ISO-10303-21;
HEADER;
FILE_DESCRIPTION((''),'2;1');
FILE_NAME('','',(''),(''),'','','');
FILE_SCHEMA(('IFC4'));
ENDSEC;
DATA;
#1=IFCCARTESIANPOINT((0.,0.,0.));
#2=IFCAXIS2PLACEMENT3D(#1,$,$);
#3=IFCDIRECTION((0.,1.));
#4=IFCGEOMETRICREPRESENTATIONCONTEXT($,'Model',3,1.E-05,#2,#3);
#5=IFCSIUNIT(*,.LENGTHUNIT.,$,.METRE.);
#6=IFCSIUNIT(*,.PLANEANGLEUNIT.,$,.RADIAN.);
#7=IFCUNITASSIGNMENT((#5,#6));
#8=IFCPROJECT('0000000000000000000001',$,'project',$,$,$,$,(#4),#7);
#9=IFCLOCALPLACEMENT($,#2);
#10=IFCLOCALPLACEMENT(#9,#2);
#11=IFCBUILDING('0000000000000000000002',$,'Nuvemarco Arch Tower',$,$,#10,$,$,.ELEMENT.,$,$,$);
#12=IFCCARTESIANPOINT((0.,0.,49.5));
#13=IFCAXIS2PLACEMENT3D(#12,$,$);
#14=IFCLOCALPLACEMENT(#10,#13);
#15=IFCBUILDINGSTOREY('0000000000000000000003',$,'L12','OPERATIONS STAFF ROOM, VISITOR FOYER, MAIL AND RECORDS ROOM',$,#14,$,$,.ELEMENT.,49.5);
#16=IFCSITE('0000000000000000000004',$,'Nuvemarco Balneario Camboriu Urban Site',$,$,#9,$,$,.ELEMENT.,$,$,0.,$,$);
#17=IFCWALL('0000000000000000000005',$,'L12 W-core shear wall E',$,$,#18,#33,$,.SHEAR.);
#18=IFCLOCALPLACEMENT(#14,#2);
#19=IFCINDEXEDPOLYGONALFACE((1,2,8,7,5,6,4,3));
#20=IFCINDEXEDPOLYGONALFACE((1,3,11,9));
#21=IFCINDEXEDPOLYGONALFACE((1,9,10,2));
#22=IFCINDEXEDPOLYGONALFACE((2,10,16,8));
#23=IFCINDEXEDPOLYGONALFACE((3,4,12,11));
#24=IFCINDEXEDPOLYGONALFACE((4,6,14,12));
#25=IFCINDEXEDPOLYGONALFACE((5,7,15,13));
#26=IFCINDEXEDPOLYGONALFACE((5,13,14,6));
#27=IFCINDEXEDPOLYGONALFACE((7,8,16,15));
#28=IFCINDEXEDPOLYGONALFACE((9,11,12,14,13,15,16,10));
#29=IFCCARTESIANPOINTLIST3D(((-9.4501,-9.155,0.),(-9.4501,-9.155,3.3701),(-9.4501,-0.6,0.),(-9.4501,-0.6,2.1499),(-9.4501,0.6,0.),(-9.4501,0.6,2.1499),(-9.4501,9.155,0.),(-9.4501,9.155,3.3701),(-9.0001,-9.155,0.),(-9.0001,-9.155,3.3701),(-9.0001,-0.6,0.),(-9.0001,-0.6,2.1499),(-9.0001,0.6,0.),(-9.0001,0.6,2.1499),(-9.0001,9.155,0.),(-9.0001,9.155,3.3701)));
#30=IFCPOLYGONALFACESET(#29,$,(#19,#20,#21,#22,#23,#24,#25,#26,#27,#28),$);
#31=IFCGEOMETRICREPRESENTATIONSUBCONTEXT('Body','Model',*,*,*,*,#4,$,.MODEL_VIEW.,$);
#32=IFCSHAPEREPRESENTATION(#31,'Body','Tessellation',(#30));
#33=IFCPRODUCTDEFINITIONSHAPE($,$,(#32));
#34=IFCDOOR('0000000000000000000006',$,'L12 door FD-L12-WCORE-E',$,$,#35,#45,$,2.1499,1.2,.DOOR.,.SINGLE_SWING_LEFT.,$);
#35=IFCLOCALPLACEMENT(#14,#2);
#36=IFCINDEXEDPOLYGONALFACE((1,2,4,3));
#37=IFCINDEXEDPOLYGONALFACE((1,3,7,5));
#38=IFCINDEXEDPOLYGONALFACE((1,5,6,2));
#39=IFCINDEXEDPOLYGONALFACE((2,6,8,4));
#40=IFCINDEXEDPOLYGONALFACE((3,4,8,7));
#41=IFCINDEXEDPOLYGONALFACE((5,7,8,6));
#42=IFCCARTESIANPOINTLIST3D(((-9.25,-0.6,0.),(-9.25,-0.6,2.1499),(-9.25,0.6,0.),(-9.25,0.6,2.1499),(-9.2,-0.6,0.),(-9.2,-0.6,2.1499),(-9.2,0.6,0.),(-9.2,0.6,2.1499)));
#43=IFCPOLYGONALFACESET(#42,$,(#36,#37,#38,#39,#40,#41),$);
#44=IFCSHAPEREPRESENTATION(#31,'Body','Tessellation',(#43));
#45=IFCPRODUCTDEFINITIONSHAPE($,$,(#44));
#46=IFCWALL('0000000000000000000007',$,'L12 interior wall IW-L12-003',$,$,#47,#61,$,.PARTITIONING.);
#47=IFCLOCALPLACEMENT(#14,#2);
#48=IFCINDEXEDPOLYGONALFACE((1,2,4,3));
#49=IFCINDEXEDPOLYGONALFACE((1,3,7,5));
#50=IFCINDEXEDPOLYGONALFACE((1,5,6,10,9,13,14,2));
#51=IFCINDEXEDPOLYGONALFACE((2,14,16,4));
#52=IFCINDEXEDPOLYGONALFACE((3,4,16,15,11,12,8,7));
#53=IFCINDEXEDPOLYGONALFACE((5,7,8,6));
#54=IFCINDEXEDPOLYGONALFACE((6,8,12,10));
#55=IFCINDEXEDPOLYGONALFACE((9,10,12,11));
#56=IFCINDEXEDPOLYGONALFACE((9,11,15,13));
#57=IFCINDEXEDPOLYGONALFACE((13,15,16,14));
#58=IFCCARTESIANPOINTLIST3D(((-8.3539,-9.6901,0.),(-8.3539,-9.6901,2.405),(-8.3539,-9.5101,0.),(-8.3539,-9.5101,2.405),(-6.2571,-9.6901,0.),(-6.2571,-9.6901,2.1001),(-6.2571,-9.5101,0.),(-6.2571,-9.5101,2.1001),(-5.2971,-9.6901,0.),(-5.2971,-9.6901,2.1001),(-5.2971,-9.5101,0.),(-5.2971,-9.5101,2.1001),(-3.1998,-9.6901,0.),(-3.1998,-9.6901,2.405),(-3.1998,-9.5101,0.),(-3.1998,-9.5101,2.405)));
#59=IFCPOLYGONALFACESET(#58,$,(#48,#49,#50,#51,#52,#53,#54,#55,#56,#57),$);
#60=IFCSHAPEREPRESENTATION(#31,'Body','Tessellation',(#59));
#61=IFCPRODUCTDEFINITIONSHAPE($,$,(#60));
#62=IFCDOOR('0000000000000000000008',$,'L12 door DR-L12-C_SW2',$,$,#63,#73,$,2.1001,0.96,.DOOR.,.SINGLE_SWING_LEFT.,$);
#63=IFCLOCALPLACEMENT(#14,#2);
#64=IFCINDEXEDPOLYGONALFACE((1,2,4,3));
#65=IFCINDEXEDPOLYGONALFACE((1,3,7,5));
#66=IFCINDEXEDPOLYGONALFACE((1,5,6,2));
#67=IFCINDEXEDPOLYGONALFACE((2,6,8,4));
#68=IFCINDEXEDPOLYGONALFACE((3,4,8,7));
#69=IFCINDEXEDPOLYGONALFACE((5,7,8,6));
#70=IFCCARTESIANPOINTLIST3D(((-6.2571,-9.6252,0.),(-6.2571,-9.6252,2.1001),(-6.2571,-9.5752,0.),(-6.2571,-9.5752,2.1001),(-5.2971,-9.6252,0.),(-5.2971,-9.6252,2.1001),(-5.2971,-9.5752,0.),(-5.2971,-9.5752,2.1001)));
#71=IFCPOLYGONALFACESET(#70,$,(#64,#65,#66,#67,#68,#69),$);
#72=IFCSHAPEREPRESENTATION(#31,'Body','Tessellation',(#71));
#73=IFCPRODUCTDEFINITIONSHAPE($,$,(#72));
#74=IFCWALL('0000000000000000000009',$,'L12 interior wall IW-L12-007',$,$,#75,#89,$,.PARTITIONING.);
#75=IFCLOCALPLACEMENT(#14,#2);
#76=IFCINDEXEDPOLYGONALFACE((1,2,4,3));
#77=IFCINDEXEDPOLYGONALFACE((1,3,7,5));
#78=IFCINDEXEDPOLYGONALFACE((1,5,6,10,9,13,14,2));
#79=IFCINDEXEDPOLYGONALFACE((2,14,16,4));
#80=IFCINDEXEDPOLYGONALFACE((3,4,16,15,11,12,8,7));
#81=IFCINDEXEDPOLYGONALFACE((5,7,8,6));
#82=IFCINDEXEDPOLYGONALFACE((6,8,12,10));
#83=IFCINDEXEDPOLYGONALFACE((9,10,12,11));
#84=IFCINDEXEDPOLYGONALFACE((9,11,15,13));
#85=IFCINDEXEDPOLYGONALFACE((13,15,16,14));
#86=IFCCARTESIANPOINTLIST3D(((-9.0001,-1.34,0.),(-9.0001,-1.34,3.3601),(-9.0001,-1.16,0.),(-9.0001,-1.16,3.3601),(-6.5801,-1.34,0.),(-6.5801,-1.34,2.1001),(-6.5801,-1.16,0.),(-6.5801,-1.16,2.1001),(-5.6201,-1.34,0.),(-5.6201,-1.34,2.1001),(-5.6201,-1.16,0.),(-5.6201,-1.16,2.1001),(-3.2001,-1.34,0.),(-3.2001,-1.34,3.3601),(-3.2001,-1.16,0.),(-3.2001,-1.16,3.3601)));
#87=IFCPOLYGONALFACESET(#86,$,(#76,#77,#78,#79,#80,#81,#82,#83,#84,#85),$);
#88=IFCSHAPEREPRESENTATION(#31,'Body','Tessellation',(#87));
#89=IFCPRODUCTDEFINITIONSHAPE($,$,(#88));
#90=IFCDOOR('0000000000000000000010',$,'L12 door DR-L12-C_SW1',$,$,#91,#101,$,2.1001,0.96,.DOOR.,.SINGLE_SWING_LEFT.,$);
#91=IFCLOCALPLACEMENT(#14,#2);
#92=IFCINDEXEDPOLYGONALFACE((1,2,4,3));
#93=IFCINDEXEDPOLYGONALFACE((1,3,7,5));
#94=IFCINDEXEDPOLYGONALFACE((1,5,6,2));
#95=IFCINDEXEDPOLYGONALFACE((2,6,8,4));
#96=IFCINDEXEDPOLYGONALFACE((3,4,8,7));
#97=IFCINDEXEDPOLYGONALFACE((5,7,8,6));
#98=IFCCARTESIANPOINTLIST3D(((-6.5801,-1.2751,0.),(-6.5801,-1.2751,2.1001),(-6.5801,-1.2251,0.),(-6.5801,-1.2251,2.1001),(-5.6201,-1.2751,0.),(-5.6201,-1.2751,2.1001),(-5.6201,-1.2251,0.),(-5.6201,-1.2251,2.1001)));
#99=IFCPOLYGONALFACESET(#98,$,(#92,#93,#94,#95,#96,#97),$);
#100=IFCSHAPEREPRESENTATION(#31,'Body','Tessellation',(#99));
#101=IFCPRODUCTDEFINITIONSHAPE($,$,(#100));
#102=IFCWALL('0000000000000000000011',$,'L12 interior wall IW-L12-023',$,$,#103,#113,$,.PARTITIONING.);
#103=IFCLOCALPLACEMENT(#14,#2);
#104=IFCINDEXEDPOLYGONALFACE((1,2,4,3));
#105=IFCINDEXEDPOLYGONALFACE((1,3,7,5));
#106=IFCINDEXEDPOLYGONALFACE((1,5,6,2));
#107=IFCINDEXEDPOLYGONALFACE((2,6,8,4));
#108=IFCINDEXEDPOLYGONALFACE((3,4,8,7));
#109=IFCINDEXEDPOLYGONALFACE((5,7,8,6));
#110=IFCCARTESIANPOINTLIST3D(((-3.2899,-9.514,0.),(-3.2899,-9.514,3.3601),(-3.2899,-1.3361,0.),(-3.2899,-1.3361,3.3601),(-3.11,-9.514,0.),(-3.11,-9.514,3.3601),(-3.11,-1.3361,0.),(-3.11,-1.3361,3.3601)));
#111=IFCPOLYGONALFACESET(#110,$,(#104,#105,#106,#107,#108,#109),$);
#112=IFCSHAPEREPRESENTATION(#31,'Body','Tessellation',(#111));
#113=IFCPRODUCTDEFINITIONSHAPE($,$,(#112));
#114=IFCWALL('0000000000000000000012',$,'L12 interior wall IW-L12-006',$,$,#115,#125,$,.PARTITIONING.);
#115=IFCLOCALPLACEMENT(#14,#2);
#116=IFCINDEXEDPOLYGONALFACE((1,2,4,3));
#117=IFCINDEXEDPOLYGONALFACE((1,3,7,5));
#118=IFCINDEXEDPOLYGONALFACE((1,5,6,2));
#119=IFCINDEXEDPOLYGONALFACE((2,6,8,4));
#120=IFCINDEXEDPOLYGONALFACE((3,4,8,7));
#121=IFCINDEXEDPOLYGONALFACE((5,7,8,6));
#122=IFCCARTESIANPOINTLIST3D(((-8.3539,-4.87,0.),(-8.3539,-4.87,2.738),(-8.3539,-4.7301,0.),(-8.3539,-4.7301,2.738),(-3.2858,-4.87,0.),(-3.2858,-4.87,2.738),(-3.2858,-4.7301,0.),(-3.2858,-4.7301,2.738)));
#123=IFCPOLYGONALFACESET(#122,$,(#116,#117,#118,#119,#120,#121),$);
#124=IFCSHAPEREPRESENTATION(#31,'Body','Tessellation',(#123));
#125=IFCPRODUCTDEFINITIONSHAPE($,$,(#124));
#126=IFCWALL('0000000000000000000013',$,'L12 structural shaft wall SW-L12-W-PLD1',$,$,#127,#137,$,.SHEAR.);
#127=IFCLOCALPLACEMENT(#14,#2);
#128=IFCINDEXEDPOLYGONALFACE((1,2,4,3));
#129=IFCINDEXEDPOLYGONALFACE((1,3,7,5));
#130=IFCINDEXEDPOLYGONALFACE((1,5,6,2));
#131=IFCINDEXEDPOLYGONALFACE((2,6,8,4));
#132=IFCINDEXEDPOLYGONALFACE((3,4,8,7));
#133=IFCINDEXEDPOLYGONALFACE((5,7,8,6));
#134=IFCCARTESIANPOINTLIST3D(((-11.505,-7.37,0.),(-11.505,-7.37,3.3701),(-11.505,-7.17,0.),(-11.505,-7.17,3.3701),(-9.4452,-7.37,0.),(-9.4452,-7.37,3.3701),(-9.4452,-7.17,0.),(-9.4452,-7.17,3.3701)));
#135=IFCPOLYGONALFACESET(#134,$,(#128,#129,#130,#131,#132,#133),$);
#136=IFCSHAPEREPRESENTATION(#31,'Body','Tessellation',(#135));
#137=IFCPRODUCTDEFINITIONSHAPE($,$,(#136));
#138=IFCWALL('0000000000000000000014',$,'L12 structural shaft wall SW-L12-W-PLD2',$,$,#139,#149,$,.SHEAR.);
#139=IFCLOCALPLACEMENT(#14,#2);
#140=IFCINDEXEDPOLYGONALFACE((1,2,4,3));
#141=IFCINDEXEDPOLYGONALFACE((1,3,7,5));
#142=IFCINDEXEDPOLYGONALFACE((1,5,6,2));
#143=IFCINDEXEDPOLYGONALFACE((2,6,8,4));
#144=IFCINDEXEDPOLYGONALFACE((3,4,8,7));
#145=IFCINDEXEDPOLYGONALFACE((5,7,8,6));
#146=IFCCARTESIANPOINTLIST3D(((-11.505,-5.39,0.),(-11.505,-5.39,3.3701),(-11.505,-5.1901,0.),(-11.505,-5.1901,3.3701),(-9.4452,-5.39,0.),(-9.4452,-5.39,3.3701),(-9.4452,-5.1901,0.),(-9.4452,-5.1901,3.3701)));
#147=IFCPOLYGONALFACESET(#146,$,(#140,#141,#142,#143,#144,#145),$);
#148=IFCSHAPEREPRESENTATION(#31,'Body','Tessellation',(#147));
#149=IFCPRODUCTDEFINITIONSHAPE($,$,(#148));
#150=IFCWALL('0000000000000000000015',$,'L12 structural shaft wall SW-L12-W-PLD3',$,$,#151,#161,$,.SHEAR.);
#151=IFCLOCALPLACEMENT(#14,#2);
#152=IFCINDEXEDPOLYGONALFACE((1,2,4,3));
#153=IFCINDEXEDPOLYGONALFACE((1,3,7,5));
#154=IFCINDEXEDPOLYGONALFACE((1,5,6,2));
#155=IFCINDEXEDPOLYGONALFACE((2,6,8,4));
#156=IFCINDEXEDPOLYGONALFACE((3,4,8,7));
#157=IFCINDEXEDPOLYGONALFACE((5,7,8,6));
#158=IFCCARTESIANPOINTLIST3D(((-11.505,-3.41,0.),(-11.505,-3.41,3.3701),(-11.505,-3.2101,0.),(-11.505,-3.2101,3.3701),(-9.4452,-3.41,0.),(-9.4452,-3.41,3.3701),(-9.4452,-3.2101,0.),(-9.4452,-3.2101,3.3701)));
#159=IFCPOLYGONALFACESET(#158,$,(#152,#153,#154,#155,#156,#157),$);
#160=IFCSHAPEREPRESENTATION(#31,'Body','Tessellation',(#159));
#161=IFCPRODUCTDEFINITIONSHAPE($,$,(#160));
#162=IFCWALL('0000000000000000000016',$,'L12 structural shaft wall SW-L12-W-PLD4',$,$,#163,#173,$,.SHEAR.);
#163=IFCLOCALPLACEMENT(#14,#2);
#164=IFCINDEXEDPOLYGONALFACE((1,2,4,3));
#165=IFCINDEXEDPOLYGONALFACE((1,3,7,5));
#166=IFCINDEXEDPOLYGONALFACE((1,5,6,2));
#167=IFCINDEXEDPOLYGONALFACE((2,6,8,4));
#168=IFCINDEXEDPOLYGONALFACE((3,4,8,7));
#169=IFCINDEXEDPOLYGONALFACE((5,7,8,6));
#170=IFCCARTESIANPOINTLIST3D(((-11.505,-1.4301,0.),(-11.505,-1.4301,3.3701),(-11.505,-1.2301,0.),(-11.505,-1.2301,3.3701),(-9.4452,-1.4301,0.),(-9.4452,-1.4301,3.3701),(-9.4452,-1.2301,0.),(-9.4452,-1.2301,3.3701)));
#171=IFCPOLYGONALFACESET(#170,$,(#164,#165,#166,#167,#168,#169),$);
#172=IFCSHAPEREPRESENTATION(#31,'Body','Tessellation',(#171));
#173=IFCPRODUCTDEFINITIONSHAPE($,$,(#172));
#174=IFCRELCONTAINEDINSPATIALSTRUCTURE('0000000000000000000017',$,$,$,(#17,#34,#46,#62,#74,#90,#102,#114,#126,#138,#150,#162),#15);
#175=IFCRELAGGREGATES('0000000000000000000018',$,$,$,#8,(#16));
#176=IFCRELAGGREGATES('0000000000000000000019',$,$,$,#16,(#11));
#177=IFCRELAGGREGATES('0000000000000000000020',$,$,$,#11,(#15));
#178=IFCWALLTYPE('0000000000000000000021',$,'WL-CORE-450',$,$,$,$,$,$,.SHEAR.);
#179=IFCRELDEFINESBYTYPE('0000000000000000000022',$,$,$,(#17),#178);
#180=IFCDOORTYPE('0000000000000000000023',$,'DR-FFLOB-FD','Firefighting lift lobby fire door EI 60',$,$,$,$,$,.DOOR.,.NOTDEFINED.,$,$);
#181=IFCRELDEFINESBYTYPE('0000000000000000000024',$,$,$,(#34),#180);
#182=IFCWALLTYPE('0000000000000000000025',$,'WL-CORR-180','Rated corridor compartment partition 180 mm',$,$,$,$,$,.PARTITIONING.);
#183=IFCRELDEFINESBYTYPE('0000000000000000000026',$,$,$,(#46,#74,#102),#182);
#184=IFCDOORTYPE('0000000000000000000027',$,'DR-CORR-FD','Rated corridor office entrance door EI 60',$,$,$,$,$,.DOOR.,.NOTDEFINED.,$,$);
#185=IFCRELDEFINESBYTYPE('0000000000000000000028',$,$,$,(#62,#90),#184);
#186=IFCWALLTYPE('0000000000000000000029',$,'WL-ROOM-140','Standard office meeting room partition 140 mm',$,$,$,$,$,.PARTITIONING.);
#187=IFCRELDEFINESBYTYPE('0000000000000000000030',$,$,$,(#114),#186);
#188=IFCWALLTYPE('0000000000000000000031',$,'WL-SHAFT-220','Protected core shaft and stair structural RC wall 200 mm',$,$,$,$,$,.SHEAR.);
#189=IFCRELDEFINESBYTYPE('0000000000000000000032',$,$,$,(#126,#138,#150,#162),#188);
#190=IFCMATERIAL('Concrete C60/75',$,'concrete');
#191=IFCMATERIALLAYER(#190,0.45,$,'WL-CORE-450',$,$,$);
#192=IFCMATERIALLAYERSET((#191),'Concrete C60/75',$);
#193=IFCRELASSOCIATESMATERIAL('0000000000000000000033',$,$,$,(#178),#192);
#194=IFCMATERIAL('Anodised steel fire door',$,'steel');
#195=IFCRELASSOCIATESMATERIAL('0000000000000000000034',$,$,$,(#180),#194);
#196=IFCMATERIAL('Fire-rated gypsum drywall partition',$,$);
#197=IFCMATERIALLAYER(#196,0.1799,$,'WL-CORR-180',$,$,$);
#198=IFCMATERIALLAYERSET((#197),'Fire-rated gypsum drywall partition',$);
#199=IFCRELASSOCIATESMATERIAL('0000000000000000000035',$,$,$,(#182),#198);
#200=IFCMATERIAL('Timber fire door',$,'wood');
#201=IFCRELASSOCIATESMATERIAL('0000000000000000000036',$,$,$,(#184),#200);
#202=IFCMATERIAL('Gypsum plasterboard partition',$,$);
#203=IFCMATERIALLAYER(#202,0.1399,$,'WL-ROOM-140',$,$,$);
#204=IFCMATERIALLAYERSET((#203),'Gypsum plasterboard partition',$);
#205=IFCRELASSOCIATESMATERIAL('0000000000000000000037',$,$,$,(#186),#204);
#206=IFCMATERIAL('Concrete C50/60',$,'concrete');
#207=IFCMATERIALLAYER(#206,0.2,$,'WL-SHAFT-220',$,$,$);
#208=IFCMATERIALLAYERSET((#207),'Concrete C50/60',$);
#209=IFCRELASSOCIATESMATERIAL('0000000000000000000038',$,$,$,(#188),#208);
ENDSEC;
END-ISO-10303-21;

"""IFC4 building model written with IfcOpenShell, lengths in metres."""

from ifc_helpers import new_model, si_unit, direction, frame, frame_2d, origin, place, context, subcontext, project, spatial, rectangle, extrude, source, transform, mapped, material, layer, layer_set, type_object, type_shapes, element, fill, save


model = new_model("IFC4")

# Units and contexts
model_context = context("Model", 3, precision=1e-05, world=origin(), true_north=direction((0.0, 1.0)))
body_context = subcontext(model_context, "Body", "Model", "MODEL_VIEW")
ifc_project = project(units=[si_unit("LENGTHUNIT", "METRE"), si_unit("PLANEANGLEUNIT", "RADIAN")], contexts=[model_context])

# Site, building, storey
site_placement = place(None, origin())
site = spatial("IfcSite", under=ifc_project, at=site_placement, Name="Nuvemarco Balneario Camboriu Urban Site", CompositionType="ELEMENT", RefElevation=0.0)
building_placement = place(site_placement, origin())
building = spatial("IfcBuilding", under=site, at=building_placement, Name="Nuvemarco Arch Tower", CompositionType="ELEMENT")
storey_placement = place(building_placement, frame((0.0, 0.0, 49.5)))
storey = spatial("IfcBuildingStorey", under=building, at=storey_placement, Name="L12", Description="OPERATIONS STAFF ROOM, VISITOR FOYER, MAIL AND RECORDS ROOM", CompositionType="ELEMENT", Elevation=49.5)

# Shared definitions
ifc_material_1 = material(Name="Concrete C60/75", Category="concrete")

# Walls, openings, doors
ifc_layer_1 = layer(ifc_material_1, 0.45, Name="WL-CORE-450")
ifc_layer_set_1 = layer_set([ifc_layer_1], Name="Concrete C60/75")
wall_type_1 = type_object("IfcWallType", Name="WL-CORE-450", PredefinedType="SHEAR", material=ifc_layer_set_1)
wall_1_placement = place(storey_placement, frame((-9.2251, -9.155, 0.0), z_axis=(0.0, 0.0, 1.0), x_axis=(0.0, 1.0, 0.0)))
wall_1 = element("IfcWall", 1, at=wall_1_placement, inside=storey, type_object=wall_type_1, Name="L12 W-core shear wall E", PredefinedType="SHEAR", context=body_context, shape_type="SweptSolid", body=[
    extrude(rectangle(XDim=18.3101, YDim=0.45, at=frame_2d((9.155, 0.0))), origin(), (0.0, 0.0, 1.0), 3.3701),
])
opening_1_placement = place(wall_1_placement, frame((8.5549, 0.0, 0.0)))
opening_1 = element("IfcOpeningElement", 2, at=opening_1_placement, cuts=wall_1, PredefinedType="OPENING", context=body_context, shape_type="SweptSolid", body=[
    extrude(rectangle(XDim=1.2, YDim=2.1499, at=frame_2d((0.6001, 1.075))), frame((0.0, 0.2349, 0.0), z_axis=(0.0, -1.0, 0.0), x_axis=(1.0, 0.0, 0.0)), (0.0, 0.0, 1.0), 0.47),
])
ifc_material_2 = material(Name="Anodised steel fire door", Category="steel")
door_type_1 = type_object("IfcDoorType", Name="DR-FFLOB-FD", Description="Firefighting lift lobby fire door EI 60", OperationType="NOTDEFINED", PredefinedType="DOOR", material=ifc_material_2)
shared_shape_1 = source(origin(), body_context, "Body", "SweptSolid", [
    extrude(rectangle(XDim=1.2, YDim=2.1499, at=frame_2d((0.6001, 1.075))), frame((0.0, 0.0249, 0.0), z_axis=(0.0, -1.0, 0.0), x_axis=(1.0, 0.0, 0.0)), (0.0, 0.0, 1.0), 0.05),
])
type_shapes(door_type_1, [shared_shape_1])
door_1_placement = place(opening_1_placement, origin())
door_1 = element("IfcDoor", 3, at=door_1_placement, inside=storey, type_object=door_type_1, Name="L12 door FD-L12-WCORE-E", OperationType="SINGLE_SWING_LEFT", OverallHeight=2.1499, OverallWidth=1.2, PredefinedType="DOOR", context=body_context, shape_type="MappedRepresentation", body=[
    mapped(shared_shape_1, transform((0.0, 0.0, 0.0), scale=1.0)),
])
fill(opening_1, door_1)
ifc_material_3 = material(Name="Fire-rated gypsum drywall partition")
ifc_layer_2 = layer(ifc_material_3, 0.1799, Name="WL-CORR-180")
ifc_layer_set_2 = layer_set([ifc_layer_2], Name="Fire-rated gypsum drywall partition")
wall_type_2 = type_object("IfcWallType", Name="WL-CORR-180", Description="Rated corridor compartment partition 180 mm", PredefinedType="PARTITIONING", material=ifc_layer_set_2)
wall_2_placement = place(storey_placement, frame((-8.354, -9.6001, 0.0), z_axis=(0.0, 0.0, 1.0), x_axis=(1.0, 0.0, 0.0)))
wall_2 = element("IfcWall", 4, at=wall_2_placement, inside=storey, type_object=wall_type_2, Name="L12 interior wall IW-L12-003", PredefinedType="PARTITIONING", context=body_context, shape_type="SweptSolid", body=[
    extrude(rectangle(XDim=5.1541, YDim=0.1799, at=frame_2d((2.5771, 0.0))), origin(), (0.0, 0.0, 1.0), 2.405),
])
opening_2_placement = place(wall_2_placement, frame((2.0969, 0.0, 0.0)))
opening_2 = element("IfcOpeningElement", 5, at=opening_2_placement, cuts=wall_2, PredefinedType="OPENING", context=body_context, shape_type="SweptSolid", body=[
    extrude(rectangle(XDim=0.96, YDim=2.1001, at=frame_2d((0.48, 1.05))), frame((0.0, 0.0999, 0.0), z_axis=(0.0, -1.0, 0.0), x_axis=(1.0, 0.0, 0.0)), (0.0, 0.0, 1.0), 0.2),
])
ifc_material_4 = material(Name="Timber fire door", Category="wood")
door_type_2 = type_object("IfcDoorType", Name="DR-CORR-FD", Description="Rated corridor office entrance door EI 60", OperationType="NOTDEFINED", PredefinedType="DOOR", material=ifc_material_4)
shared_shape_2 = source(origin(), body_context, "Body", "SweptSolid", [
    extrude(rectangle(XDim=0.96, YDim=2.1001, at=frame_2d((0.48, 1.05))), frame((0.0, 0.0249, 0.0), z_axis=(0.0, -1.0, 0.0), x_axis=(1.0, 0.0, 0.0)), (0.0, 0.0, 1.0), 0.05),
])
type_shapes(door_type_2, [shared_shape_2])
door_2_placement = place(opening_2_placement, origin())
door_2 = element("IfcDoor", 6, at=door_2_placement, inside=storey, type_object=door_type_2, Name="L12 door DR-L12-C_SW2", OperationType="SINGLE_SWING_LEFT", OverallHeight=2.1001, OverallWidth=0.96, PredefinedType="DOOR", context=body_context, shape_type="MappedRepresentation", body=[
    mapped(shared_shape_2, transform((0.0, 0.0, 0.0), scale=1.0)),
])
fill(opening_2, door_2)
wall_3_placement = place(storey_placement, frame((-9.0, -1.25, 0.0), z_axis=(0.0, 0.0, 1.0), x_axis=(1.0, 0.0, 0.0)))
wall_3 = element("IfcWall", 7, at=wall_3_placement, inside=storey, type_object=wall_type_2, Name="L12 interior wall IW-L12-007", PredefinedType="PARTITIONING", context=body_context, shape_type="SweptSolid", body=[
    extrude(rectangle(XDim=5.8, YDim=0.1799, at=frame_2d((2.8999, 0.0))), origin(), (0.0, 0.0, 1.0), 3.3601),
])
opening_3_placement = place(wall_3_placement, frame((2.4199, 0.0, 0.0)))
opening_3 = element("IfcOpeningElement", 8, at=opening_3_placement, cuts=wall_3, PredefinedType="OPENING", context=body_context, shape_type="SweptSolid", body=[
    extrude(rectangle(XDim=0.96, YDim=2.1001, at=frame_2d((0.48, 1.05))), frame((0.0, 0.0999, 0.0), z_axis=(0.0, -1.0, 0.0), x_axis=(1.0, 0.0, 0.0)), (0.0, 0.0, 1.0), 0.2),
])
door_3_placement = place(opening_3_placement, origin())
door_3 = element("IfcDoor", 9, at=door_3_placement, inside=storey, type_object=door_type_2, Name="L12 door DR-L12-C_SW1", OperationType="SINGLE_SWING_LEFT", OverallHeight=2.1001, OverallWidth=0.96, PredefinedType="DOOR", context=body_context, shape_type="MappedRepresentation", body=[
    mapped(shared_shape_2, transform((0.0, 0.0, 0.0), scale=1.0)),
])
fill(opening_3, door_3)

# Walls
wall_4_placement = place(storey_placement, frame((-3.2, -9.5139, 0.0), z_axis=(0.0, 0.0, 1.0), x_axis=(0.0, 1.0, 0.0)))
element("IfcWall", 10, at=wall_4_placement, inside=storey, type_object=wall_type_2, Name="L12 interior wall IW-L12-023", PredefinedType="PARTITIONING", context=body_context, shape_type="SweptSolid", body=[
    extrude(rectangle(XDim=8.178, YDim=0.1799, at=frame_2d((4.0889, 0.0))), origin(), (0.0, 0.0, 1.0), 3.3601),
])
ifc_material_5 = material(Name="Gypsum plasterboard partition")
ifc_layer_3 = layer(ifc_material_5, 0.1399, Name="WL-ROOM-140")
ifc_layer_set_3 = layer_set([ifc_layer_3], Name="Gypsum plasterboard partition")
wall_type_3 = type_object("IfcWallType", Name="WL-ROOM-140", Description="Standard office meeting room partition 140 mm", PredefinedType="PARTITIONING", material=ifc_layer_set_3)
wall_5_placement = place(storey_placement, frame((-8.354, -4.8, 0.0), z_axis=(0.0, 0.0, 1.0), x_axis=(1.0, 0.0, 0.0)))
element("IfcWall", 11, at=wall_5_placement, inside=storey, type_object=wall_type_3, Name="L12 interior wall IW-L12-006", PredefinedType="PARTITIONING", context=body_context, shape_type="SweptSolid", body=[
    extrude(rectangle(XDim=5.0681, YDim=0.1399, at=frame_2d((2.5342, 0.0))), origin(), (0.0, 0.0, 1.0), 2.738),
])

# Shared definitions
ifc_material_6 = material(Name="Concrete C50/60", Category="concrete")
ifc_layer_4 = layer(ifc_material_6, 0.2, Name="WL-SHAFT-220")
ifc_layer_set_4 = layer_set([ifc_layer_4], Name="Concrete C50/60")
wall_type_4 = type_object("IfcWallType", Name="WL-SHAFT-220", Description="Protected core shaft and stair structural RC wall 200 mm", PredefinedType="SHEAR", material=ifc_layer_set_4)

# Walls
for number, where, z_axis, x_axis, name in (
    (12, (-11.5049, -7.27, 0.0), (0.0, 0.0, 1.0), (1.0, 0.0, 0.0), "L12 structural shaft wall SW-L12-W-PLD1"),
    (13, (-11.5049, -5.29, 0.0), (0.0, 0.0, 1.0), (1.0, 0.0, 0.0), "L12 structural shaft wall SW-L12-W-PLD2"),
    (14, (-11.5049, -3.3101, 0.0), (0.0, 0.0, 1.0), (1.0, 0.0, 0.0), "L12 structural shaft wall SW-L12-W-PLD3"),
    (15, (-11.5049, -1.3301, 0.0), (0.0, 0.0, 1.0), (1.0, 0.0, 0.0), "L12 structural shaft wall SW-L12-W-PLD4"),
):
    element("IfcWall", number, at=place(storey_placement, frame(where, z_axis=z_axis, x_axis=x_axis)), inside=storey, type_object=wall_type_4, Name=name, PredefinedType="SHEAR", context=body_context, shape_type="SweptSolid", body=[
        extrude(rectangle(XDim=2.0598, YDim=0.2, at=frame_2d((1.0298, 0.0))), origin(), (0.0, 0.0, 1.0), 3.3701),
    ])

save(model, "model.ifc")
